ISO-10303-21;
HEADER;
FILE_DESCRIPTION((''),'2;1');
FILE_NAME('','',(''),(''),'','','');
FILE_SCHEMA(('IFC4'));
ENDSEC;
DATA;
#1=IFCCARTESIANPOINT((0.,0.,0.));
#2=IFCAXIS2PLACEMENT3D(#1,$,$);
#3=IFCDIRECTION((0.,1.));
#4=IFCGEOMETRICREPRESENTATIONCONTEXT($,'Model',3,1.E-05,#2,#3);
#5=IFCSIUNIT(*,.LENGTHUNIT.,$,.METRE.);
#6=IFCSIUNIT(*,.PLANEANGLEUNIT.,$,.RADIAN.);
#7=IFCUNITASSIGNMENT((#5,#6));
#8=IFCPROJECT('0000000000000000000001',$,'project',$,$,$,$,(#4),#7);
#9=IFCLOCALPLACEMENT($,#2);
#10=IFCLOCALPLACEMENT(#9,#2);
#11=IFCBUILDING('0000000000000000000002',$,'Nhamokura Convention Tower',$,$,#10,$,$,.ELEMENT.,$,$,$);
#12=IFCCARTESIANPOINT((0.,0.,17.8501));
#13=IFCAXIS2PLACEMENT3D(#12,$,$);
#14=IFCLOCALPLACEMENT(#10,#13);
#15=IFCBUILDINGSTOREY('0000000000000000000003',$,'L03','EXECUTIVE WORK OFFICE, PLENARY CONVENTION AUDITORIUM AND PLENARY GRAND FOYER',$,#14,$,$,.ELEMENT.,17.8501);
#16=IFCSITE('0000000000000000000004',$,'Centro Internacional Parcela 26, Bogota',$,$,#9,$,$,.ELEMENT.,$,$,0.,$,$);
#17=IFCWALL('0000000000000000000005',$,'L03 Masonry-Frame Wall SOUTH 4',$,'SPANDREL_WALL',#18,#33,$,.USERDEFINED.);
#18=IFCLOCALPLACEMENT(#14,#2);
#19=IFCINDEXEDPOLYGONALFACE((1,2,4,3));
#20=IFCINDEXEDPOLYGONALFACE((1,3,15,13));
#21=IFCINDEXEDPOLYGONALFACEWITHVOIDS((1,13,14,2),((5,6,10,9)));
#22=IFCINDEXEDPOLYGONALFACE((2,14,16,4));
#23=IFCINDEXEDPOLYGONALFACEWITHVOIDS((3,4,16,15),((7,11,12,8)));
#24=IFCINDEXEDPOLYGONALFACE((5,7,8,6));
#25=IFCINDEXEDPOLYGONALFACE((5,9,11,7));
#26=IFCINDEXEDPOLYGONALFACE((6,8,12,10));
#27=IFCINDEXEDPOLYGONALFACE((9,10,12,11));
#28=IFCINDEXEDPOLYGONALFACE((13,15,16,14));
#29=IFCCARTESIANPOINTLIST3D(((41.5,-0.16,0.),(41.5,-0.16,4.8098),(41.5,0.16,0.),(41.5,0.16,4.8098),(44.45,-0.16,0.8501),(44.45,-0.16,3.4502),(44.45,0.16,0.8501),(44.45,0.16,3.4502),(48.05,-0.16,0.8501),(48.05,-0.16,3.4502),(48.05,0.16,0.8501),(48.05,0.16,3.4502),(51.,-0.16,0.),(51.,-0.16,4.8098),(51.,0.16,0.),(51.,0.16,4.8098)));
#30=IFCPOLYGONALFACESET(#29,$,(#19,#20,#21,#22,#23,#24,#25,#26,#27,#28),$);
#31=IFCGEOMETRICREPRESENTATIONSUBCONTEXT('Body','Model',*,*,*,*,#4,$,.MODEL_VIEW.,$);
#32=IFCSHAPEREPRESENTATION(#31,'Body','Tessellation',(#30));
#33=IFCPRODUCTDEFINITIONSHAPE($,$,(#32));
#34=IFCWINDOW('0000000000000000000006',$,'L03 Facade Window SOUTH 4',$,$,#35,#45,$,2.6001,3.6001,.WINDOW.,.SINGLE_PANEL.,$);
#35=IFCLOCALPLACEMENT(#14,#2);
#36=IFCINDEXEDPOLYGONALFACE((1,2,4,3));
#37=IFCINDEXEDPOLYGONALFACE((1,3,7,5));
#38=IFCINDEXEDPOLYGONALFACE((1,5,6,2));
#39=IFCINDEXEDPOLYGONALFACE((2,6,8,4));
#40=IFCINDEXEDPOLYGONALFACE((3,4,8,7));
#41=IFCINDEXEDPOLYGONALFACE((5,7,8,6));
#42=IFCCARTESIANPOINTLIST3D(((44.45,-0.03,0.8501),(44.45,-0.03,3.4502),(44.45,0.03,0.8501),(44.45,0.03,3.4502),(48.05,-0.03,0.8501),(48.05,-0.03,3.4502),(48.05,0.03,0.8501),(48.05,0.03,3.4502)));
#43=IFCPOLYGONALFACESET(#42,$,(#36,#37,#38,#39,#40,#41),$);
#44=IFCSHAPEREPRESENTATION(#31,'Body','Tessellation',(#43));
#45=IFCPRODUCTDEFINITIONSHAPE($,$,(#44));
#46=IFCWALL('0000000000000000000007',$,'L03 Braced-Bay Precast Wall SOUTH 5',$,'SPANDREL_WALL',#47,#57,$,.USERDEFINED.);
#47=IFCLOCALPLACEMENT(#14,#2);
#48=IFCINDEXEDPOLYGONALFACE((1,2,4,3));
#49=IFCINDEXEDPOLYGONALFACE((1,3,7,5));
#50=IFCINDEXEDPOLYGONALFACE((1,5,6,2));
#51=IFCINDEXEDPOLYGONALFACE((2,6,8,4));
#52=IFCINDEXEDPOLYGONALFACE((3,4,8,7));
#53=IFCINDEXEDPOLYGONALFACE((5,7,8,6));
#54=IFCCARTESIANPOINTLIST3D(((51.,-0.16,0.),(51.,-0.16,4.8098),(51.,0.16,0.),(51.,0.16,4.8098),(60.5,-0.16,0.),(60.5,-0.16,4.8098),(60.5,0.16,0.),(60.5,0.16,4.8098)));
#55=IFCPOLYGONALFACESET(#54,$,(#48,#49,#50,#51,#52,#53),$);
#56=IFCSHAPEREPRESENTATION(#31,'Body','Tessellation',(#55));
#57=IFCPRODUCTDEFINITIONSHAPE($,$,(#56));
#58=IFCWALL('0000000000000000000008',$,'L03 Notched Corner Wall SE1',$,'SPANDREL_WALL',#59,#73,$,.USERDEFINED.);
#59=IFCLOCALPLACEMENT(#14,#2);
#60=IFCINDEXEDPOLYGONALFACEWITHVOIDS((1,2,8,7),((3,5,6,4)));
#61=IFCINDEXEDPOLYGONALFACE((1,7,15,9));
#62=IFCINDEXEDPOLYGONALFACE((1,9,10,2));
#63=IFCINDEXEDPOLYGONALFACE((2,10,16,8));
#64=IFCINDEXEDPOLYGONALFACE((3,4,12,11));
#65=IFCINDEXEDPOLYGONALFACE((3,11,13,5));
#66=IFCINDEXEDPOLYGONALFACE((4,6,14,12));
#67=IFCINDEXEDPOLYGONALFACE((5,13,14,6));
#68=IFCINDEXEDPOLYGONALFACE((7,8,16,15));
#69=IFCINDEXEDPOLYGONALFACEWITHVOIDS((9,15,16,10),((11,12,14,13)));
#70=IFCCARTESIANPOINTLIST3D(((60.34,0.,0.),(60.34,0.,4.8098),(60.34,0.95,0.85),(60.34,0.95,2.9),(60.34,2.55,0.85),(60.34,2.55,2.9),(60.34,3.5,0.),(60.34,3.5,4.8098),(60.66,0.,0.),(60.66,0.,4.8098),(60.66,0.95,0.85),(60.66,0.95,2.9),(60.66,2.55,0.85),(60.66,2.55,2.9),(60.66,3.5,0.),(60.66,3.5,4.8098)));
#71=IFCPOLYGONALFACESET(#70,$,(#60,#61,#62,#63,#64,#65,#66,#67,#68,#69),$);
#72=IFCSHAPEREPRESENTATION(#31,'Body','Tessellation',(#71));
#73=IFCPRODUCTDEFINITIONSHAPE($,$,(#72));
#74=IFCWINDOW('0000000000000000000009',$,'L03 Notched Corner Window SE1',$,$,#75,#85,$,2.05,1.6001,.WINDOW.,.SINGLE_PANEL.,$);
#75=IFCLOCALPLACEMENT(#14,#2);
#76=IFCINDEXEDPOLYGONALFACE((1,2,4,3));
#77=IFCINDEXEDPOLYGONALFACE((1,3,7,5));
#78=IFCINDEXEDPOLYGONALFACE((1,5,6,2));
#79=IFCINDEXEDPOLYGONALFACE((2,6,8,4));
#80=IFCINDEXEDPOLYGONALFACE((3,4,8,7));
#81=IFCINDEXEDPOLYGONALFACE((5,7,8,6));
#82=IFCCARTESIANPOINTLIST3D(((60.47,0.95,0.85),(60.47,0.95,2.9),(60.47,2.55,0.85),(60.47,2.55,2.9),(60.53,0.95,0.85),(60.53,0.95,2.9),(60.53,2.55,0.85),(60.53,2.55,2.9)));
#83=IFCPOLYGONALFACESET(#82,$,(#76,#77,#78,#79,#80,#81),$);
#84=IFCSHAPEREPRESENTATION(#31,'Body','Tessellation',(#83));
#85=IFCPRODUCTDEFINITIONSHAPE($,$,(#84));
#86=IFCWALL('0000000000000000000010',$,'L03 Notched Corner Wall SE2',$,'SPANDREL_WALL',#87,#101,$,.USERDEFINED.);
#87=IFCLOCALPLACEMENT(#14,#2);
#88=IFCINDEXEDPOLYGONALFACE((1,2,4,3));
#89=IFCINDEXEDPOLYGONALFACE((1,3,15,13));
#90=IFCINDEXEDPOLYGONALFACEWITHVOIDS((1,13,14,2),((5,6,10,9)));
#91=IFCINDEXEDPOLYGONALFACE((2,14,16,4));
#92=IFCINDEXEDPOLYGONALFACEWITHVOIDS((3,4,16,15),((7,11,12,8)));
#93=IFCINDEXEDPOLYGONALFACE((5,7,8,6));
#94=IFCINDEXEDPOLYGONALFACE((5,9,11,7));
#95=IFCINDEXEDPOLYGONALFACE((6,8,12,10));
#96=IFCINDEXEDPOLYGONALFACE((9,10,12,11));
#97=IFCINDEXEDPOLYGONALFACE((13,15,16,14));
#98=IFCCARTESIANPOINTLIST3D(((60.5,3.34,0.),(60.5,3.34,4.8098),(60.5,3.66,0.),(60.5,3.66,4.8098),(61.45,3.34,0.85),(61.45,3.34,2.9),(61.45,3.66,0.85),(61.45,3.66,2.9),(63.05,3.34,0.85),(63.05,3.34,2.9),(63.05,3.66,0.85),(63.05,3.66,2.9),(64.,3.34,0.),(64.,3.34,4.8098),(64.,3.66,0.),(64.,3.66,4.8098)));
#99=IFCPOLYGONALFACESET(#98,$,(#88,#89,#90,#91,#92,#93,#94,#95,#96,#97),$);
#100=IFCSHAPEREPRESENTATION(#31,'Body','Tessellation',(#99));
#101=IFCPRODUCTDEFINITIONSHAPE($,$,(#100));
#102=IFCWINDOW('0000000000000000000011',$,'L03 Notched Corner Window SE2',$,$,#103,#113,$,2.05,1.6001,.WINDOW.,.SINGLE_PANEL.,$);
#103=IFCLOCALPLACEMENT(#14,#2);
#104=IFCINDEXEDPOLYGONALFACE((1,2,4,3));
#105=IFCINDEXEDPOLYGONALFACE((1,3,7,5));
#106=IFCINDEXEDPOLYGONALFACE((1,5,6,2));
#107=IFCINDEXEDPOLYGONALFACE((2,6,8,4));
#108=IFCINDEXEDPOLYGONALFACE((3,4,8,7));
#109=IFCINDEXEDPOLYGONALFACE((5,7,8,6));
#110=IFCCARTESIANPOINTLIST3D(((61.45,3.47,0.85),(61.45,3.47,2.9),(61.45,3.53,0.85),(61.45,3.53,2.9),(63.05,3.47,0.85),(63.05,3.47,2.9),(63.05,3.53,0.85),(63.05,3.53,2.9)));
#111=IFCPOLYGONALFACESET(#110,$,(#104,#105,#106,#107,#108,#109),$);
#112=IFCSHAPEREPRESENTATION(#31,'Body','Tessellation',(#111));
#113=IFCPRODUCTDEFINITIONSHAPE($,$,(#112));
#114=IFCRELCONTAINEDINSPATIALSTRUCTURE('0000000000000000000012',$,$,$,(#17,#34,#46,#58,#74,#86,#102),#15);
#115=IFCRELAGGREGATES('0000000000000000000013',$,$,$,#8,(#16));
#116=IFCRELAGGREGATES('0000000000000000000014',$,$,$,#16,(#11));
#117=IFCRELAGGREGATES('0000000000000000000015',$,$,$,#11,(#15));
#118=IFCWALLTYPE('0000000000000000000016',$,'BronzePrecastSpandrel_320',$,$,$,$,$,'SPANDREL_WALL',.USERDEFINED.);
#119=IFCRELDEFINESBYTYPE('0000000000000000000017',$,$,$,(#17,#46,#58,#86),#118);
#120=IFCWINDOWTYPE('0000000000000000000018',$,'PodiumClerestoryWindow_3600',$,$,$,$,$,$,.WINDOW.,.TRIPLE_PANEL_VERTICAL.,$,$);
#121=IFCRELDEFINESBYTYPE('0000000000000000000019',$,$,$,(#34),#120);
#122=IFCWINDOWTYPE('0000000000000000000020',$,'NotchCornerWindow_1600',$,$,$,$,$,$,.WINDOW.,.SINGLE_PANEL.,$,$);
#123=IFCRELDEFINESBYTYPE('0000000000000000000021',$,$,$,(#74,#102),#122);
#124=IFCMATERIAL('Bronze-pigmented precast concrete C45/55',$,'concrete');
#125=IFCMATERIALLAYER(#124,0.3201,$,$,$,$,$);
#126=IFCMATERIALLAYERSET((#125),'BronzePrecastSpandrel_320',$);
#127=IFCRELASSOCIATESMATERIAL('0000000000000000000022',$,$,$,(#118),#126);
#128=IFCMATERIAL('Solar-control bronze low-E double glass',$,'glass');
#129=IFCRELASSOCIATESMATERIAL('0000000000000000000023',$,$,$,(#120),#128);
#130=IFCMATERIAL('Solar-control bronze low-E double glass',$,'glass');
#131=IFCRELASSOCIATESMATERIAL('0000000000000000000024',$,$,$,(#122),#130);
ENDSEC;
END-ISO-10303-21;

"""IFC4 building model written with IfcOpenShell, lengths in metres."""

from ifc_helpers import new_model, si_unit, direction, frame, frame_2d, origin, place, context, subcontext, project, spatial, rectangle, extrude, material, layer, layer_set, type_object, element, fill, save


model = new_model("IFC4")

# Units and contexts
model_context = context("Model", 3, precision=1e-05, world=origin(), true_north=direction((0.0, 1.0)))
body_context = subcontext(model_context, "Body", "Model", "MODEL_VIEW")
ifc_project = project(units=[si_unit("LENGTHUNIT", "METRE"), si_unit("PLANEANGLEUNIT", "RADIAN")], contexts=[model_context])

# Site, building, storey
site_placement = place(None, origin())
site = spatial("IfcSite", under=ifc_project, at=site_placement, Name="Centro Internacional Parcela 26, Bogota", CompositionType="ELEMENT", RefElevation=0.0)
building_placement = place(site_placement, origin())
building = spatial("IfcBuilding", under=site, at=building_placement, Name="Nhamokura Convention Tower", CompositionType="ELEMENT")
storey_placement = place(building_placement, frame((0.0, 0.0, 17.8501)))
storey = spatial("IfcBuildingStorey", under=building, at=storey_placement, Name="L03", Description="EXECUTIVE WORK OFFICE, PLENARY CONVENTION AUDITORIUM AND PLENARY GRAND FOYER", CompositionType="ELEMENT", Elevation=17.8501)

# Wall, opening, window
ifc_material_1 = material(Name="Bronze-pigmented precast concrete C45/55", Category="concrete")
ifc_layer = layer(ifc_material_1, 0.3201)
ifc_layer_set = layer_set([ifc_layer], Name="BronzePrecastSpandrel_320")
wall_type = type_object("IfcWallType", Name="BronzePrecastSpandrel_320", ElementType="SPANDREL_WALL", PredefinedType="USERDEFINED", material=ifc_layer_set)
wall_1_placement = place(storey_placement, frame((51.0, 0.0, 0.0), z_axis=(0.0, 0.0, 1.0), x_axis=(-1.0, 0.0, 0.0)))
wall_1 = element("IfcWall", 1, at=wall_1_placement, inside=storey, type_object=wall_type, Name="L03 Masonry-Frame Wall SOUTH 4", ObjectType="SPANDREL_WALL", PredefinedType="USERDEFINED", context=body_context, shape_type="SweptSolid", body=[
    extrude(rectangle(XDim=9.5, YDim=0.3201, at=frame_2d((4.75, 0.0))), origin(), (0.0, 0.0, 1.0), 4.8098),
])
opening_1_placement = place(wall_1_placement, frame((2.95, 0.0, 0.8501)))
opening_1 = element("IfcOpeningElement", 2, at=opening_1_placement, cuts=wall_1, PredefinedType="OPENING", context=body_context, shape_type="SweptSolid", body=[
    extrude(rectangle(XDim=3.6001, YDim=2.6001, at=frame_2d((1.8, 1.3))), frame((0.0, 0.1699, 0.0), z_axis=(0.0, -1.0, 0.0), x_axis=(1.0, 0.0, 0.0)), (0.0, 0.0, 1.0), 0.3401),
])
ifc_material_2 = material(Name="Solar-control bronze low-E double glass", Category="glass")
window_type_1 = type_object("IfcWindowType", Name="PodiumClerestoryWindow_3600", PartitioningType="TRIPLE_PANEL_VERTICAL", PredefinedType="WINDOW", material=ifc_material_2)
window_1_placement = place(opening_1_placement, origin())
window_1 = element("IfcWindow", 3, at=window_1_placement, inside=storey, type_object=window_type_1, Name="L03 Facade Window SOUTH 4", OverallHeight=2.6001, OverallWidth=3.6001, PartitioningType="SINGLE_PANEL", PredefinedType="WINDOW", context=body_context, shape_type="SweptSolid", body=[
    extrude(rectangle(XDim=3.6001, YDim=2.6001, at=frame_2d((1.8, 1.3))), frame((0.0, 0.03, 0.0), z_axis=(0.0, -1.0, 0.0), x_axis=(1.0, 0.0, 0.0)), (0.0, 0.0, 1.0), 0.0601),
])
fill(opening_1, window_1)

# Wall
wall_2_placement = place(storey_placement, frame((60.5, 0.0, 0.0), z_axis=(0.0, 0.0, 1.0), x_axis=(-1.0, 0.0, 0.0)))
element("IfcWall", 4, at=wall_2_placement, inside=storey, type_object=wall_type, Name="L03 Braced-Bay Precast Wall SOUTH 5", ObjectType="SPANDREL_WALL", PredefinedType="USERDEFINED", context=body_context, shape_type="SweptSolid", body=[
    extrude(rectangle(XDim=9.5, YDim=0.3201, at=frame_2d((4.75, 0.0))), origin(), (0.0, 0.0, 1.0), 4.8098),
])

# Walls, openings, windows
wall_3_placement = place(storey_placement, frame((60.5, 3.5, 0.0), z_axis=(0.0, 0.0, 1.0), x_axis=(0.0, -1.0, 0.0)))
wall_3 = element("IfcWall", 5, at=wall_3_placement, inside=storey, type_object=wall_type, Name="L03 Notched Corner Wall SE1", ObjectType="SPANDREL_WALL", PredefinedType="USERDEFINED", context=body_context, shape_type="SweptSolid", body=[
    extrude(rectangle(XDim=3.5, YDim=0.3201, at=frame_2d((1.75, 0.0))), origin(), (0.0, 0.0, 1.0), 4.8098),
])
opening_2_placement = place(wall_3_placement, frame((0.95, 0.0, 0.8501)))
opening_2 = element("IfcOpeningElement", 6, at=opening_2_placement, cuts=wall_3, PredefinedType="OPENING", context=body_context, shape_type="SweptSolid", body=[
    extrude(rectangle(XDim=1.6001, YDim=2.05, at=frame_2d((0.8, 1.0249))), frame((0.0, 0.1699, 0.0), z_axis=(0.0, -1.0, 0.0), x_axis=(1.0, 0.0, 0.0)), (0.0, 0.0, 1.0), 0.3401),
])
ifc_material_3 = material(Name="Solar-control bronze low-E double glass", Category="glass")
window_type_2 = type_object("IfcWindowType", Name="NotchCornerWindow_1600", PartitioningType="SINGLE_PANEL", PredefinedType="WINDOW", material=ifc_material_3)
window_2_placement = place(opening_2_placement, origin())
window_2 = element("IfcWindow", 7, at=window_2_placement, inside=storey, type_object=window_type_2, Name="L03 Notched Corner Window SE1", OverallHeight=2.05, OverallWidth=1.6001, PartitioningType="SINGLE_PANEL", PredefinedType="WINDOW", context=body_context, shape_type="SweptSolid", body=[
    extrude(rectangle(XDim=1.6001, YDim=2.05, at=frame_2d((0.8, 1.0249))), frame((0.0, 0.03, 0.0), z_axis=(0.0, -1.0, 0.0), x_axis=(1.0, 0.0, 0.0)), (0.0, 0.0, 1.0), 0.0601),
])
fill(opening_2, window_2)
wall_4_placement = place(storey_placement, frame((64.0, 3.5, 0.0), z_axis=(0.0, 0.0, 1.0), x_axis=(-1.0, 0.0, 0.0)))
wall_4 = element("IfcWall", 8, at=wall_4_placement, inside=storey, type_object=wall_type, Name="L03 Notched Corner Wall SE2", ObjectType="SPANDREL_WALL", PredefinedType="USERDEFINED", context=body_context, shape_type="SweptSolid", body=[
    extrude(rectangle(XDim=3.5, YDim=0.3201, at=frame_2d((1.75, 0.0))), origin(), (0.0, 0.0, 1.0), 4.8098),
])
opening_3_placement = place(wall_4_placement, frame((0.95, 0.0, 0.8501)))
opening_3 = element("IfcOpeningElement", 9, at=opening_3_placement, cuts=wall_4, PredefinedType="OPENING", context=body_context, shape_type="SweptSolid", body=[
    extrude(rectangle(XDim=1.6001, YDim=2.05, at=frame_2d((0.8, 1.0249))), frame((0.0, 0.1699, 0.0), z_axis=(0.0, -1.0, 0.0), x_axis=(1.0, 0.0, 0.0)), (0.0, 0.0, 1.0), 0.3401),
])
window_3_placement = place(opening_3_placement, origin())
window_3 = element("IfcWindow", 10, at=window_3_placement, inside=storey, type_object=window_type_2, Name="L03 Notched Corner Window SE2", OverallHeight=2.05, OverallWidth=1.6001, PartitioningType="SINGLE_PANEL", PredefinedType="WINDOW", context=body_context, shape_type="SweptSolid", body=[
    extrude(rectangle(XDim=1.6001, YDim=2.05, at=frame_2d((0.8, 1.0249))), frame((0.0, 0.03, 0.0), z_axis=(0.0, -1.0, 0.0), x_axis=(1.0, 0.0, 0.0)), (0.0, 0.0, 1.0), 0.0601),
])
fill(opening_3, window_3)

save(model, "model.ifc")
